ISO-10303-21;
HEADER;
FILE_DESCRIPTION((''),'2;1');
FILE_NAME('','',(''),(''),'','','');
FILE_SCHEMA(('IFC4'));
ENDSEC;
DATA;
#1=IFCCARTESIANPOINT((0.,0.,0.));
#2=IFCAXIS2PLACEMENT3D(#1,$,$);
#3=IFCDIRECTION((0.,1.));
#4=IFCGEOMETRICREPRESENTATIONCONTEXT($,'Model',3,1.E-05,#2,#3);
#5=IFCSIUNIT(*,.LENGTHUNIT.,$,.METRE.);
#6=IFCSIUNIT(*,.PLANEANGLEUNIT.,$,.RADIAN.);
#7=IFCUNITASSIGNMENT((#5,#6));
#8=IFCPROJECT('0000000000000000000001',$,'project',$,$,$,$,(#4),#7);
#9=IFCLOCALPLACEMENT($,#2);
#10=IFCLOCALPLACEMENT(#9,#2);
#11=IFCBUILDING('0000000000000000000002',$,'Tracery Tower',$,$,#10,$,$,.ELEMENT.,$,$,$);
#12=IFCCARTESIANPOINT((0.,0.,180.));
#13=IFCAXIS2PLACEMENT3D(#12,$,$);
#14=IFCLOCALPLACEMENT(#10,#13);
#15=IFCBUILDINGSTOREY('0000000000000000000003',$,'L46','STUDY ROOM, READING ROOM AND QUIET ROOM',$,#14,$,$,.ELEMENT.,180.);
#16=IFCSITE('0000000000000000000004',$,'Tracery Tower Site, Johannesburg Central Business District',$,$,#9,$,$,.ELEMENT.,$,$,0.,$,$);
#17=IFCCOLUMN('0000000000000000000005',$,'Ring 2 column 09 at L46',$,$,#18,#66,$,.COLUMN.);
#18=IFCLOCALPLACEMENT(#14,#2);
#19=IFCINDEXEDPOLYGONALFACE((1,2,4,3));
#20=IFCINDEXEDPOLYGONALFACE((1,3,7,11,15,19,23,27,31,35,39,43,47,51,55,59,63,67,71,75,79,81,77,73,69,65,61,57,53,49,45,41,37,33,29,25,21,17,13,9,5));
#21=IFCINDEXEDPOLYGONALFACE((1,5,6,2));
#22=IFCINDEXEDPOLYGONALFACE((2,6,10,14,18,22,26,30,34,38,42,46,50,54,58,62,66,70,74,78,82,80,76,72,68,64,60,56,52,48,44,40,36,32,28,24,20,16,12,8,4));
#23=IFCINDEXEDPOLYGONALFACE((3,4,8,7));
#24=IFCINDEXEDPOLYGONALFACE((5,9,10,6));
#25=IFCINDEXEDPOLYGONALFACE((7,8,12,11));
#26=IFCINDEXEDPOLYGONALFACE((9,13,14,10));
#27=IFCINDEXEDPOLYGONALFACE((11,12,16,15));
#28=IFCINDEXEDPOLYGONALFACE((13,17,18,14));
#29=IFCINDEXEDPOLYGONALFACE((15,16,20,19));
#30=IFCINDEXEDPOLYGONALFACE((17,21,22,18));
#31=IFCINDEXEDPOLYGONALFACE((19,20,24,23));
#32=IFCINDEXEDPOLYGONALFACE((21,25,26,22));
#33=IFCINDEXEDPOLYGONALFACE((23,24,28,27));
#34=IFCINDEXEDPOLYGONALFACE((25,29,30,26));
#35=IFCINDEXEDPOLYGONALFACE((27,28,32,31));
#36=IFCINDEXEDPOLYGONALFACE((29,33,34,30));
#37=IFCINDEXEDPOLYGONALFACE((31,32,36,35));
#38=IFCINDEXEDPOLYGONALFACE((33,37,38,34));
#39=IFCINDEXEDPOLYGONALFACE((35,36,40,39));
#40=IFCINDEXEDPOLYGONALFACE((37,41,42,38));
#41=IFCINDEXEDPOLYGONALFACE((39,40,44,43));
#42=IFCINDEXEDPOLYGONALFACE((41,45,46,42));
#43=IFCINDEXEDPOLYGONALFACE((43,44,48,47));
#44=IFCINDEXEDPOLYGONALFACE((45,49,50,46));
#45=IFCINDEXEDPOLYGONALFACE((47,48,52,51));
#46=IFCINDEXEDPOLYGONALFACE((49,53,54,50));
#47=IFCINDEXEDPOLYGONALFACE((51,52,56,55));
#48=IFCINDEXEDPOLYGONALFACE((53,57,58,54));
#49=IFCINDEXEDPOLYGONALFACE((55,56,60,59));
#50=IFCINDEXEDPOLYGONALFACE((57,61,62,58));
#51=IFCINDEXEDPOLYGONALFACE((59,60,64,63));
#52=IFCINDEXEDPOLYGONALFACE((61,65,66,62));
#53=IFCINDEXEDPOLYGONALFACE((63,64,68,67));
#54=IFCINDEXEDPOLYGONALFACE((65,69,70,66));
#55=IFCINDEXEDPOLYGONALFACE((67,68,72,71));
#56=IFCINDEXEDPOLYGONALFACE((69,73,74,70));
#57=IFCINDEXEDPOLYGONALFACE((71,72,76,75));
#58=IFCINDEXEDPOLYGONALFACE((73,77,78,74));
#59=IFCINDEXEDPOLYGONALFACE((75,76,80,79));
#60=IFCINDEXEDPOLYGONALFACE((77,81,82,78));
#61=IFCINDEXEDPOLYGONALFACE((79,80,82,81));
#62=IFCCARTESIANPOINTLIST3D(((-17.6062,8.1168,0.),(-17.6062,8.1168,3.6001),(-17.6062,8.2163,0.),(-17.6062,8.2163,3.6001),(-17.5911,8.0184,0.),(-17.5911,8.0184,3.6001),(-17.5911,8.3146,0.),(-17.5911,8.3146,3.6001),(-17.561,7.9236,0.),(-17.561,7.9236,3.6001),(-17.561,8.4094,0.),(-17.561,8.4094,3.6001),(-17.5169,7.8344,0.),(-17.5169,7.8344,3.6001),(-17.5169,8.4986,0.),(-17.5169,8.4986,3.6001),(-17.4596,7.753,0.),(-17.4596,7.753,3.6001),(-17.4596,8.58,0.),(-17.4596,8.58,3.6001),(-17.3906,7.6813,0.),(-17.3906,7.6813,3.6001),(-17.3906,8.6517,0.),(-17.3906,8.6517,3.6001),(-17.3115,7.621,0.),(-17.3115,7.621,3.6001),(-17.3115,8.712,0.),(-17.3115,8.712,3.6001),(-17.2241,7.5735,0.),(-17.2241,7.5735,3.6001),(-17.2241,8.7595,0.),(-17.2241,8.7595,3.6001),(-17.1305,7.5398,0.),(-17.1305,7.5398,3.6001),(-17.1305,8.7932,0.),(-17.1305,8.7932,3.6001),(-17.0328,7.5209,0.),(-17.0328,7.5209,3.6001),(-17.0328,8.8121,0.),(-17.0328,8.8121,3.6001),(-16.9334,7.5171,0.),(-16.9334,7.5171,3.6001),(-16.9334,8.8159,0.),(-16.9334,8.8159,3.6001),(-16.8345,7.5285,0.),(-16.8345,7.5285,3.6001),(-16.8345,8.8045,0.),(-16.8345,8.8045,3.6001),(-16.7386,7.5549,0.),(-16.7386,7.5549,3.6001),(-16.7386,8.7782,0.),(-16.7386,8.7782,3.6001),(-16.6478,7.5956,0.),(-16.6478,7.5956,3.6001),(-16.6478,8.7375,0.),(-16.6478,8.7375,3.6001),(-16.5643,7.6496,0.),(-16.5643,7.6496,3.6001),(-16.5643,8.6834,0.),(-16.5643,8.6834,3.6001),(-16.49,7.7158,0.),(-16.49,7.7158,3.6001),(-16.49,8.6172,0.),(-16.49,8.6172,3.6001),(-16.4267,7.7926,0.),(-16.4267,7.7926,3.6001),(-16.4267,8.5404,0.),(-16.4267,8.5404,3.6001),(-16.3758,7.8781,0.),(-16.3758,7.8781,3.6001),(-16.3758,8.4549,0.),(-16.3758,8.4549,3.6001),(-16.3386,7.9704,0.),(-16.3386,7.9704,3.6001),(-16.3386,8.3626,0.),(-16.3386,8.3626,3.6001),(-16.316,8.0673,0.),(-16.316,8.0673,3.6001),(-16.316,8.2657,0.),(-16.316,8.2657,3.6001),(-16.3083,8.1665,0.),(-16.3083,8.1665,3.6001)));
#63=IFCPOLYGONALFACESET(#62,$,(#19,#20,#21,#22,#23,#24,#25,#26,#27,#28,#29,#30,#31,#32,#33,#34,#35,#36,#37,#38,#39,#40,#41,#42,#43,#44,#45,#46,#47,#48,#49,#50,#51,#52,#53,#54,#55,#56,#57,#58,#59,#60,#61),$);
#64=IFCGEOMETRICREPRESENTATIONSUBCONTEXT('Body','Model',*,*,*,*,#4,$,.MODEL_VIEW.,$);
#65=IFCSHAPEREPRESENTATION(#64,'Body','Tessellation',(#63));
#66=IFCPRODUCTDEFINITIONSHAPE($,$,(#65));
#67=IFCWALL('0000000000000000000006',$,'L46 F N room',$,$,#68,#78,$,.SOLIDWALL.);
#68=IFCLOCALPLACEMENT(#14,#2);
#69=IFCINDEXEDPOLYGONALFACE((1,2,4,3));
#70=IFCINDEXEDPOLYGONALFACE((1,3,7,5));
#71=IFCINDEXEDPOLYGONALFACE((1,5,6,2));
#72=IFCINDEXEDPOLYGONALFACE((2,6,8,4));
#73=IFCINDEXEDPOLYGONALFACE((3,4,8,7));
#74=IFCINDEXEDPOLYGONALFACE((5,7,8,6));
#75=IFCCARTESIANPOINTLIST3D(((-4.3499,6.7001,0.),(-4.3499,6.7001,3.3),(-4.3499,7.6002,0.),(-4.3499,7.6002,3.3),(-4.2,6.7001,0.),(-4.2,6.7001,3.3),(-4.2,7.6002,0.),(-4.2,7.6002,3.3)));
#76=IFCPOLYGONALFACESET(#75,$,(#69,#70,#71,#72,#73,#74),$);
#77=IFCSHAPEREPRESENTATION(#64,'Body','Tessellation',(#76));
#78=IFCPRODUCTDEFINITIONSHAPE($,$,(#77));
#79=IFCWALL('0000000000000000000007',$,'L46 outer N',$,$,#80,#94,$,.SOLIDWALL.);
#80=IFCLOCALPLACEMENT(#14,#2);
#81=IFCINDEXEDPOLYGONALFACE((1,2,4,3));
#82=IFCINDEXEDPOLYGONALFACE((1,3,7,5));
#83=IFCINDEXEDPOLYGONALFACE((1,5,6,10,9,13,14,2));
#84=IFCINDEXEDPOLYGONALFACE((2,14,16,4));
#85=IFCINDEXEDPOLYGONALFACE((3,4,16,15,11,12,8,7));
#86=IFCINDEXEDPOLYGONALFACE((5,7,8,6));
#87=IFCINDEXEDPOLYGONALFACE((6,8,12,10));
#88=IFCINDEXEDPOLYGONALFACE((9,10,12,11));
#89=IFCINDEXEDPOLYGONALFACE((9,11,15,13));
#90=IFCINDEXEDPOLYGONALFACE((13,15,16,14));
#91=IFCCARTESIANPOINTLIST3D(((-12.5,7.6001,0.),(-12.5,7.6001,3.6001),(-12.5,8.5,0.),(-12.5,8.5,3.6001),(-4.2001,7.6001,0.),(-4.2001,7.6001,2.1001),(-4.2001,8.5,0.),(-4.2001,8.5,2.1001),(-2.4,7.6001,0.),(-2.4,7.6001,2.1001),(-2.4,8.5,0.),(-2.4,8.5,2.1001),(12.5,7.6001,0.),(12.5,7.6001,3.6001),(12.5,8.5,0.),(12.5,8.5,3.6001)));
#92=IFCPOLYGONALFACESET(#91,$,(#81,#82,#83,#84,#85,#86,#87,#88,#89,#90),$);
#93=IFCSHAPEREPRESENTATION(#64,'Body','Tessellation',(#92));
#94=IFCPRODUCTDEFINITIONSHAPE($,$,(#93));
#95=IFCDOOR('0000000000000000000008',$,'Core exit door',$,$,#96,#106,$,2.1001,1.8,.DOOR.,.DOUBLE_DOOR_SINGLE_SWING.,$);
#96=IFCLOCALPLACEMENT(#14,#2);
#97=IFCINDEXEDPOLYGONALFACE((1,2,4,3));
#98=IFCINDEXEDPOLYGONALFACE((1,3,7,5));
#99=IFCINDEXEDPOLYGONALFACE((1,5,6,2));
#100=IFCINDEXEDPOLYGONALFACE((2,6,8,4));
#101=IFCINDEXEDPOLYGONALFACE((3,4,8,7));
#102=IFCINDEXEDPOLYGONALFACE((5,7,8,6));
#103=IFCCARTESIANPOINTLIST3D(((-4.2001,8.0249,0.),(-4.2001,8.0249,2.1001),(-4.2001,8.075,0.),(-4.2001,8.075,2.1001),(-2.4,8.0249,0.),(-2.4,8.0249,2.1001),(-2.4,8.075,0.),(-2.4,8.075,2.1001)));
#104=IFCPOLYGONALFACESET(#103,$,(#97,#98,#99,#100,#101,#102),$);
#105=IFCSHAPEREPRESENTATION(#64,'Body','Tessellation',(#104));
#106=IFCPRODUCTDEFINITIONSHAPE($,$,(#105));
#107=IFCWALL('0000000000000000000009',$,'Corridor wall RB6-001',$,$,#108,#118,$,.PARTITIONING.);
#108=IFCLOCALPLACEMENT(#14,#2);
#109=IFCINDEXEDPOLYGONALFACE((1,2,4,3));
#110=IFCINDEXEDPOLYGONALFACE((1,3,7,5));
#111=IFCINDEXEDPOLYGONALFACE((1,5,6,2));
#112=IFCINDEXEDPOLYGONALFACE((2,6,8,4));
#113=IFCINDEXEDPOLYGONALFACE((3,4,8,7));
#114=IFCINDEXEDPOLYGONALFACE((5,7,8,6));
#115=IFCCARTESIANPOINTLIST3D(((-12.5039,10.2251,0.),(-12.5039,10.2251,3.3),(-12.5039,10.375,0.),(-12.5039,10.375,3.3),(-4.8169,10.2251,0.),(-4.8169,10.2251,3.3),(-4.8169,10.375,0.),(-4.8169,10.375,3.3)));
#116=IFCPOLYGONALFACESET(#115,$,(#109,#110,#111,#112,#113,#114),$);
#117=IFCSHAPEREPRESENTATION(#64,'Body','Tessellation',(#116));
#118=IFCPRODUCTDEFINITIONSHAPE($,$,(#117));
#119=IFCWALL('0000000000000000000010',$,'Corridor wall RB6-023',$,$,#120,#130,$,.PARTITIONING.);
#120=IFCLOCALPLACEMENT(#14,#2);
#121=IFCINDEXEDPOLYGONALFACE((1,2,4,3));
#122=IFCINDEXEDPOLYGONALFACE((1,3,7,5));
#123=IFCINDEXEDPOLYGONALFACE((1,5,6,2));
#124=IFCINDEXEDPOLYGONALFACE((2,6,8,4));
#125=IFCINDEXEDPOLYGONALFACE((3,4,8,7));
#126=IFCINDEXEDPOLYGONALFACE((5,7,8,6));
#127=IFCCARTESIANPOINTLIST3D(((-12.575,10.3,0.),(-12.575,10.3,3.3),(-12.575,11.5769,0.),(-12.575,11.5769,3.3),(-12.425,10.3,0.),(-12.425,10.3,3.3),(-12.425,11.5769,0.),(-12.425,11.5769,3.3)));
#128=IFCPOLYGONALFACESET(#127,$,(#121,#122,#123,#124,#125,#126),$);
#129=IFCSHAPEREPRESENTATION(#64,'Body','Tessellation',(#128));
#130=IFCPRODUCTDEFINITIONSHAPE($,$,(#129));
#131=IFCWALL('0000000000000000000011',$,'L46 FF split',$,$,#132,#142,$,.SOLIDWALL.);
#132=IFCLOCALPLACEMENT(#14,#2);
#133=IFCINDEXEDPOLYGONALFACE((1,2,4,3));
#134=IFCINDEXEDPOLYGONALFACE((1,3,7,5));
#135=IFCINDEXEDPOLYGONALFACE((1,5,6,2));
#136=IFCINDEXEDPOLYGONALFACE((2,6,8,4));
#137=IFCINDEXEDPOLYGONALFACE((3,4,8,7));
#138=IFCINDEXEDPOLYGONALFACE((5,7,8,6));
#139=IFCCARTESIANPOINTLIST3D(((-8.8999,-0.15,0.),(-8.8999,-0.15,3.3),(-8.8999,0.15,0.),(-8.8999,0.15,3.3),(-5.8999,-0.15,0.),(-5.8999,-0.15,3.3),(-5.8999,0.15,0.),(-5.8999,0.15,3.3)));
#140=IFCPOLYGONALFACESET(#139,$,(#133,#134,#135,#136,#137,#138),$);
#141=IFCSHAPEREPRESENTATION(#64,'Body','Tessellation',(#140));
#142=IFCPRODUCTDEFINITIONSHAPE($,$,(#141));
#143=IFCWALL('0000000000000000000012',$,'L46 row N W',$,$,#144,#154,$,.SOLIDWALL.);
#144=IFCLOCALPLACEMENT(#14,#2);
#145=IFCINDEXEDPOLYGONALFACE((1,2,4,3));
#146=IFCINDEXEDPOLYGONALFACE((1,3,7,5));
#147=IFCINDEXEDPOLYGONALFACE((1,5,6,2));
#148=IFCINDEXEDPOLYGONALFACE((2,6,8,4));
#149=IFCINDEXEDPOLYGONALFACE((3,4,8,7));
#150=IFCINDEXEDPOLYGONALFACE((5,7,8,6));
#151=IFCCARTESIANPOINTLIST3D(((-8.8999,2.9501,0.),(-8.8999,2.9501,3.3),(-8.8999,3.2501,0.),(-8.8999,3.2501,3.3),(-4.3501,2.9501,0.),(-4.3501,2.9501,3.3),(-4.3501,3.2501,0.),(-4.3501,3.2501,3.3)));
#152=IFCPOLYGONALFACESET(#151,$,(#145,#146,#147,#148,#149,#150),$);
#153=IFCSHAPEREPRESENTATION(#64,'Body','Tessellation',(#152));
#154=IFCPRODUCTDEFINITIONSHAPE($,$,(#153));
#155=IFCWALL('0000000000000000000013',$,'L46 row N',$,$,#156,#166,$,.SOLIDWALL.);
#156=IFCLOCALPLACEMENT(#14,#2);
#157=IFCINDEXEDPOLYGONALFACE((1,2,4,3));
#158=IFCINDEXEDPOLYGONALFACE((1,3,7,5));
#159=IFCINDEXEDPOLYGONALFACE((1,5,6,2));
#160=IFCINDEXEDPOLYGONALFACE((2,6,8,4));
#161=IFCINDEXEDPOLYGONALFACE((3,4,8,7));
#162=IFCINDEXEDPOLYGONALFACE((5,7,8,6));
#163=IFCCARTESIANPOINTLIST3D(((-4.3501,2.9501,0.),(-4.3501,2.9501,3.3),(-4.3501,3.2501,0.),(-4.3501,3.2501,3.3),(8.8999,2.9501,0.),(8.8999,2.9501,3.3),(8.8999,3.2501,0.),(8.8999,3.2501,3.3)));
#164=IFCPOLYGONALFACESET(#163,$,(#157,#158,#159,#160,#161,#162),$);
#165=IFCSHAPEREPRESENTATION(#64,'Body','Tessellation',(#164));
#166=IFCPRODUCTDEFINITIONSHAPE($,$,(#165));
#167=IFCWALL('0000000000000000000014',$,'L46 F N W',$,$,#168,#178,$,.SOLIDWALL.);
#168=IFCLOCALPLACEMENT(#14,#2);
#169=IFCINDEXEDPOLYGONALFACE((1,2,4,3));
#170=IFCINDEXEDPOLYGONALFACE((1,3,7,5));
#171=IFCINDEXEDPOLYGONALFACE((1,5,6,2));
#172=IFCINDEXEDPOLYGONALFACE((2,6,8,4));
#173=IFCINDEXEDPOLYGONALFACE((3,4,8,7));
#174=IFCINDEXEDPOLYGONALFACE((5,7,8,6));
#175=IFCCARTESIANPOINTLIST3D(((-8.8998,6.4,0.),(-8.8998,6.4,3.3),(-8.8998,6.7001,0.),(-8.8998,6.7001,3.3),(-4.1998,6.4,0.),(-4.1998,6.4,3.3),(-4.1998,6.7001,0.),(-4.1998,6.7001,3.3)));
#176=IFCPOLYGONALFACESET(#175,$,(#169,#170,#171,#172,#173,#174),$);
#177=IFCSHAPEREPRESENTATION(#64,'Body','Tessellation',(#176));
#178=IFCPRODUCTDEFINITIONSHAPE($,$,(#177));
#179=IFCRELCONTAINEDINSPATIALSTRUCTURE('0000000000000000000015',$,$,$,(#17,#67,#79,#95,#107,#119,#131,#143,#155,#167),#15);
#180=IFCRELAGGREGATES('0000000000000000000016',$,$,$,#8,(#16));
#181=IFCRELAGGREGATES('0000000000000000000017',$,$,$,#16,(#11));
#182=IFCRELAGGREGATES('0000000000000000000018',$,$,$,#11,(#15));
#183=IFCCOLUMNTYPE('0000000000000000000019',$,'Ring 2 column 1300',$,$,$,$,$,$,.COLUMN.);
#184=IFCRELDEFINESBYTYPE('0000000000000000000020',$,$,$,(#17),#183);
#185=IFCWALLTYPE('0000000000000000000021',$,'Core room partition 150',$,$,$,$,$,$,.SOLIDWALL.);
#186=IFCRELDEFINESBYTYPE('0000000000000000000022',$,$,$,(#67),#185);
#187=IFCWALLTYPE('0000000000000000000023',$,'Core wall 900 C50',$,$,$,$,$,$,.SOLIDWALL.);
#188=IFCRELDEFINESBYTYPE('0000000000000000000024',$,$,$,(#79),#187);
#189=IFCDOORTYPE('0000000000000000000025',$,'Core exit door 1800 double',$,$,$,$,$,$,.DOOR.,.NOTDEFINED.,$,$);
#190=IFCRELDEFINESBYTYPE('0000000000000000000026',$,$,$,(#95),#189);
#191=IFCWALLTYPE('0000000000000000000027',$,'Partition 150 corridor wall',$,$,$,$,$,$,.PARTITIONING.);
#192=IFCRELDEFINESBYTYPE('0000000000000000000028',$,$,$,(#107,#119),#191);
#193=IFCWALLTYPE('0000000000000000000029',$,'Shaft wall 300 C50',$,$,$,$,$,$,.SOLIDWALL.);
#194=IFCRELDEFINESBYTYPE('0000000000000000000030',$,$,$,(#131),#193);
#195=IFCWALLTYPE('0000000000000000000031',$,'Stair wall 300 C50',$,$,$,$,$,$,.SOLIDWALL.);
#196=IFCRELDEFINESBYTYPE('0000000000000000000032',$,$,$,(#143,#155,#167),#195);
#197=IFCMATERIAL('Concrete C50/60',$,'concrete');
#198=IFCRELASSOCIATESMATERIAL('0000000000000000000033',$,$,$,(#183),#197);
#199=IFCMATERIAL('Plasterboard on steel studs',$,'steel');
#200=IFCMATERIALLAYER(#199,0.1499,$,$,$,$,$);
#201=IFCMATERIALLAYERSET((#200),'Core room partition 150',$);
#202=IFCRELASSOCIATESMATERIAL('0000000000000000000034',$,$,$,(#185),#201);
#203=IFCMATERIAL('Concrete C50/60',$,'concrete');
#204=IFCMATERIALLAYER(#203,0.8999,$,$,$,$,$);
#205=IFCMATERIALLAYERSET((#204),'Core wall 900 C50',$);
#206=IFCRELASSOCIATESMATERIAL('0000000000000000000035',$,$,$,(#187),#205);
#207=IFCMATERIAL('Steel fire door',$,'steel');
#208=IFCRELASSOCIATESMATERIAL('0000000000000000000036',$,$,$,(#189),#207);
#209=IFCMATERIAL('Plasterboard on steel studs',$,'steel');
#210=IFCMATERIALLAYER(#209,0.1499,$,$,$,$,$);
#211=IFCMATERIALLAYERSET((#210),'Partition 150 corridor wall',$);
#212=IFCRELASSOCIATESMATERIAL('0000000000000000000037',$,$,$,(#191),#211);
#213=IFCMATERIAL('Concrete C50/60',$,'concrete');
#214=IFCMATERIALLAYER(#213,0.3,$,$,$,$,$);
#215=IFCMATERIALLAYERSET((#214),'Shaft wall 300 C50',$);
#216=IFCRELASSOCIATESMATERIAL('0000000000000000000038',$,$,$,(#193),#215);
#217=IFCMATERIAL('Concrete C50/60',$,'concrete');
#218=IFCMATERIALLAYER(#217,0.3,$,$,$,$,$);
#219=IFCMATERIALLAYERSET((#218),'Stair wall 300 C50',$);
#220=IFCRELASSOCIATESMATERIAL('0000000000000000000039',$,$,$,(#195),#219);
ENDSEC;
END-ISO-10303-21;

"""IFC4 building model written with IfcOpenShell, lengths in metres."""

from ifc_helpers import new_model, si_unit, direction, frame, frame_2d, origin, origin_2d, place, context, subcontext, project, spatial, rectangle, circle, extrude, material, layer, layer_set, material_profile, profile_set, type_object, element, fill, save


model = new_model("IFC4")

# Units and contexts
model_context = context("Model", 3, precision=1e-05, world=origin(), true_north=direction((0.0, 1.0)))
body_context = subcontext(model_context, "Body", "Model", "MODEL_VIEW")
ifc_project = project(units=[si_unit("LENGTHUNIT", "METRE"), si_unit("PLANEANGLEUNIT", "RADIAN")], contexts=[model_context])

# Site, building, storey
site_placement = place(None, origin())
site = spatial("IfcSite", under=ifc_project, at=site_placement, Name="Tracery Tower Site, Johannesburg Central Business District", CompositionType="ELEMENT", RefElevation=0.0)
building_placement = place(site_placement, origin())
building = spatial("IfcBuilding", under=site, at=building_placement, Name="Tracery Tower", CompositionType="ELEMENT")
storey_placement = place(building_placement, frame((0.0, 0.0, 180.0)))
storey = spatial("IfcBuildingStorey", under=building, at=storey_placement, Name="L46", Description="STUDY ROOM, READING ROOM AND QUIET ROOM", CompositionType="ELEMENT", Elevation=180.0)

# Column
ifc_material_1 = material(Name="Concrete C50/60", Category="concrete")
ifc_material_profile = material_profile(ifc_material_1, circle(Radius=0.6499, at=origin_2d()), Name="RC D1300")
ifc_profile_set = profile_set([ifc_material_profile], Name="Concrete C50/60")
column_type = type_object("IfcColumnType", Name="Ring 2 column 1300", PredefinedType="COLUMN", material=ifc_profile_set)
column_placement = place(storey_placement, frame((-16.9583, 8.1665, 0.0), z_axis=(0.0, 0.0, 1.0), x_axis=(1.0, 0.0, 0.0)))
element("IfcColumn", 1, at=column_placement, inside=storey, type_object=column_type, Name="Ring 2 column 09 at L46", PredefinedType="COLUMN", context=body_context, shape_type="SweptSolid", body=[
    extrude(circle(Radius=0.6499, at=origin_2d()), origin(), (0.0, 0.0, 1.0), 3.6001),
])

# Wall
ifc_material_2 = material(Name="Plasterboard on steel studs", Category="steel")
ifc_layer_1 = layer(ifc_material_2, 0.1499)
ifc_layer_set_1 = layer_set([ifc_layer_1], Name="Core room partition 150")
wall_type_1 = type_object("IfcWallType", Name="Core room partition 150", PredefinedType="SOLIDWALL", material=ifc_layer_set_1)
wall_1_placement = place(storey_placement, frame((-4.2749, 6.7, 0.0), z_axis=(0.0, 0.0, 1.0), x_axis=(0.0, 1.0, 0.0)))
element("IfcWall", 2, at=wall_1_placement, inside=storey, type_object=wall_type_1, Name="L46 F N room", PredefinedType="SOLIDWALL", context=body_context, shape_type="SweptSolid", body=[
    extrude(rectangle(XDim=0.9001, YDim=0.1499, at=frame_2d((0.4502, 0.0))), origin(), (0.0, 0.0, 1.0), 3.3),
])

# Wall, opening, door
ifc_material_3 = material(Name="Concrete C50/60", Category="concrete")
ifc_layer_2 = layer(ifc_material_3, 0.8999)
ifc_layer_set_2 = layer_set([ifc_layer_2], Name="Core wall 900 C50")
wall_type_2 = type_object("IfcWallType", Name="Core wall 900 C50", PredefinedType="SOLIDWALL", material=ifc_layer_set_2)
wall_2_placement = place(storey_placement, frame((-12.5, 8.05, 0.0), z_axis=(0.0, 0.0, 1.0), x_axis=(1.0, 0.0, 0.0)))
wall_2 = element("IfcWall", 3, at=wall_2_placement, inside=storey, type_object=wall_type_2, Name="L46 outer N", PredefinedType="SOLIDWALL", context=body_context, shape_type="SweptSolid", body=[
    extrude(rectangle(XDim=25.0, YDim=0.8999, at=frame_2d((12.5, 0.0))), origin(), (0.0, 0.0, 1.0), 3.6001),
])
opening_1_placement = place(wall_2_placement, frame((8.3, 0.0, 0.0)))
opening_1 = element("IfcOpeningElement", 4, at=opening_1_placement, cuts=wall_2, PredefinedType="OPENING", context=body_context, shape_type="SweptSolid", body=[
    extrude(rectangle(XDim=1.8, YDim=2.1001, at=frame_2d((0.8999, 1.05))), frame((0.0, 0.45, 0.0), z_axis=(0.0, -1.0, 0.0), x_axis=(1.0, 0.0, 0.0)), (0.0, 0.0, 1.0), 0.8999),
])
ifc_material_4 = material(Name="Steel fire door", Category="steel")
door_type_1 = type_object("IfcDoorType", Name="Core exit door 1800 double", OperationType="NOTDEFINED", PredefinedType="DOOR", material=ifc_material_4)
door_1_placement = place(opening_1_placement, origin())
door_1 = element("IfcDoor", 5, at=door_1_placement, inside=storey, type_object=door_type_1, Name="Core exit door", OperationType="DOUBLE_DOOR_SINGLE_SWING", OverallHeight=2.1001, OverallWidth=1.8, PredefinedType="DOOR", context=body_context, shape_type="SweptSolid", body=[
    extrude(rectangle(XDim=1.8, YDim=2.1001, at=frame_2d((0.8999, 1.05))), frame((0.0, 0.0249, 0.0), z_axis=(0.0, -1.0, 0.0), x_axis=(1.0, 0.0, 0.0)), (0.0, 0.0, 1.0), 0.05),
])
fill(opening_1, door_1)

# Walls
ifc_material_5 = material(Name="Plasterboard on steel studs", Category="steel")
ifc_layer_3 = layer(ifc_material_5, 0.1499)
ifc_layer_set_3 = layer_set([ifc_layer_3], Name="Partition 150 corridor wall")
wall_type_3 = type_object("IfcWallType", Name="Partition 150 corridor wall", PredefinedType="PARTITIONING", material=ifc_layer_set_3)
wall_3_placement = place(storey_placement, frame((-12.5039, 10.3, 0.0), z_axis=(0.0, 0.0, 1.0), x_axis=(1.0, 0.0, 0.0)))
element("IfcWall", 6, at=wall_3_placement, inside=storey, type_object=wall_type_3, Name="Corridor wall RB6-001", PredefinedType="PARTITIONING", context=body_context, shape_type="SweptSolid", body=[
    extrude(rectangle(XDim=7.687, YDim=0.1499, at=frame_2d((3.8435, 0.0))), origin(), (0.0, 0.0, 1.0), 3.3),
])
wall_4_placement = place(storey_placement, frame((-12.5, 10.3, 0.0), z_axis=(0.0, 0.0, 1.0), x_axis=(0.0, 1.0, 0.0)))
element("IfcWall", 7, at=wall_4_placement, inside=storey, type_object=wall_type_3, Name="Corridor wall RB6-023", PredefinedType="PARTITIONING", context=body_context, shape_type="SweptSolid", body=[
    extrude(rectangle(XDim=1.2769, YDim=0.1499, at=frame_2d((0.6384, 0.0))), origin(), (0.0, 0.0, 1.0), 3.3),
])
ifc_material_6 = material(Name="Concrete C50/60", Category="concrete")
ifc_layer_4 = layer(ifc_material_6, 0.3)
ifc_layer_set_4 = layer_set([ifc_layer_4], Name="Shaft wall 300 C50")
wall_type_4 = type_object("IfcWallType", Name="Shaft wall 300 C50", PredefinedType="SOLIDWALL", material=ifc_layer_set_4)
wall_5_placement = place(storey_placement, frame((-8.8999, 0.0, 0.0), z_axis=(0.0, 0.0, 1.0), x_axis=(1.0, 0.0, 0.0)))
element("IfcWall", 8, at=wall_5_placement, inside=storey, type_object=wall_type_4, Name="L46 FF split", PredefinedType="SOLIDWALL", context=body_context, shape_type="SweptSolid", body=[
    extrude(rectangle(XDim=3.0, YDim=0.3, at=frame_2d((1.5, 0.0))), origin(), (0.0, 0.0, 1.0), 3.3),
])

# Walls
ifc_material_7 = material(Name="Concrete C50/60", Category="concrete")
ifc_layer_5 = layer(ifc_material_7, 0.3)
ifc_layer_set_5 = layer_set([ifc_layer_5], Name="Stair wall 300 C50")
wall_type_5 = type_object("IfcWallType", Name="Stair wall 300 C50", PredefinedType="SOLIDWALL", material=ifc_layer_set_5)
wall_6_placement = place(storey_placement, frame((-8.8999, 3.1001, 0.0), z_axis=(0.0, 0.0, 1.0), x_axis=(1.0, 0.0, 0.0)))
element("IfcWall", 9, at=wall_6_placement, inside=storey, type_object=wall_type_5, Name="L46 row N W", PredefinedType="SOLIDWALL", context=body_context, shape_type="SweptSolid", body=[
    extrude(rectangle(XDim=4.5498, YDim=0.3, at=frame_2d((2.2749, 0.0))), origin(), (0.0, 0.0, 1.0), 3.3),
])
wall_7_placement = place(storey_placement, frame((-4.3501, 3.1001, 0.0), z_axis=(0.0, 0.0, 1.0), x_axis=(1.0, 0.0, 0.0)))
element("IfcWall", 10, at=wall_7_placement, inside=storey, type_object=wall_type_5, Name="L46 row N", PredefinedType="SOLIDWALL", context=body_context, shape_type="SweptSolid", body=[
    extrude(rectangle(XDim=13.25, YDim=0.3, at=frame_2d((6.625, 0.0))), origin(), (0.0, 0.0, 1.0), 3.3),
])
wall_8_placement = place(storey_placement, frame((-8.8999, 6.55, 0.0), z_axis=(0.0, 0.0, 1.0), x_axis=(1.0, 0.0, 0.0)))
element("IfcWall", 11, at=wall_8_placement, inside=storey, type_object=wall_type_5, Name="L46 F N W", PredefinedType="SOLIDWALL", context=body_context, shape_type="SweptSolid", body=[
    extrude(rectangle(XDim=4.7, YDim=0.3, at=frame_2d((2.3501, 0.0))), origin(), (0.0, 0.0, 1.0), 3.3),
])

save(model, "model.ifc")
